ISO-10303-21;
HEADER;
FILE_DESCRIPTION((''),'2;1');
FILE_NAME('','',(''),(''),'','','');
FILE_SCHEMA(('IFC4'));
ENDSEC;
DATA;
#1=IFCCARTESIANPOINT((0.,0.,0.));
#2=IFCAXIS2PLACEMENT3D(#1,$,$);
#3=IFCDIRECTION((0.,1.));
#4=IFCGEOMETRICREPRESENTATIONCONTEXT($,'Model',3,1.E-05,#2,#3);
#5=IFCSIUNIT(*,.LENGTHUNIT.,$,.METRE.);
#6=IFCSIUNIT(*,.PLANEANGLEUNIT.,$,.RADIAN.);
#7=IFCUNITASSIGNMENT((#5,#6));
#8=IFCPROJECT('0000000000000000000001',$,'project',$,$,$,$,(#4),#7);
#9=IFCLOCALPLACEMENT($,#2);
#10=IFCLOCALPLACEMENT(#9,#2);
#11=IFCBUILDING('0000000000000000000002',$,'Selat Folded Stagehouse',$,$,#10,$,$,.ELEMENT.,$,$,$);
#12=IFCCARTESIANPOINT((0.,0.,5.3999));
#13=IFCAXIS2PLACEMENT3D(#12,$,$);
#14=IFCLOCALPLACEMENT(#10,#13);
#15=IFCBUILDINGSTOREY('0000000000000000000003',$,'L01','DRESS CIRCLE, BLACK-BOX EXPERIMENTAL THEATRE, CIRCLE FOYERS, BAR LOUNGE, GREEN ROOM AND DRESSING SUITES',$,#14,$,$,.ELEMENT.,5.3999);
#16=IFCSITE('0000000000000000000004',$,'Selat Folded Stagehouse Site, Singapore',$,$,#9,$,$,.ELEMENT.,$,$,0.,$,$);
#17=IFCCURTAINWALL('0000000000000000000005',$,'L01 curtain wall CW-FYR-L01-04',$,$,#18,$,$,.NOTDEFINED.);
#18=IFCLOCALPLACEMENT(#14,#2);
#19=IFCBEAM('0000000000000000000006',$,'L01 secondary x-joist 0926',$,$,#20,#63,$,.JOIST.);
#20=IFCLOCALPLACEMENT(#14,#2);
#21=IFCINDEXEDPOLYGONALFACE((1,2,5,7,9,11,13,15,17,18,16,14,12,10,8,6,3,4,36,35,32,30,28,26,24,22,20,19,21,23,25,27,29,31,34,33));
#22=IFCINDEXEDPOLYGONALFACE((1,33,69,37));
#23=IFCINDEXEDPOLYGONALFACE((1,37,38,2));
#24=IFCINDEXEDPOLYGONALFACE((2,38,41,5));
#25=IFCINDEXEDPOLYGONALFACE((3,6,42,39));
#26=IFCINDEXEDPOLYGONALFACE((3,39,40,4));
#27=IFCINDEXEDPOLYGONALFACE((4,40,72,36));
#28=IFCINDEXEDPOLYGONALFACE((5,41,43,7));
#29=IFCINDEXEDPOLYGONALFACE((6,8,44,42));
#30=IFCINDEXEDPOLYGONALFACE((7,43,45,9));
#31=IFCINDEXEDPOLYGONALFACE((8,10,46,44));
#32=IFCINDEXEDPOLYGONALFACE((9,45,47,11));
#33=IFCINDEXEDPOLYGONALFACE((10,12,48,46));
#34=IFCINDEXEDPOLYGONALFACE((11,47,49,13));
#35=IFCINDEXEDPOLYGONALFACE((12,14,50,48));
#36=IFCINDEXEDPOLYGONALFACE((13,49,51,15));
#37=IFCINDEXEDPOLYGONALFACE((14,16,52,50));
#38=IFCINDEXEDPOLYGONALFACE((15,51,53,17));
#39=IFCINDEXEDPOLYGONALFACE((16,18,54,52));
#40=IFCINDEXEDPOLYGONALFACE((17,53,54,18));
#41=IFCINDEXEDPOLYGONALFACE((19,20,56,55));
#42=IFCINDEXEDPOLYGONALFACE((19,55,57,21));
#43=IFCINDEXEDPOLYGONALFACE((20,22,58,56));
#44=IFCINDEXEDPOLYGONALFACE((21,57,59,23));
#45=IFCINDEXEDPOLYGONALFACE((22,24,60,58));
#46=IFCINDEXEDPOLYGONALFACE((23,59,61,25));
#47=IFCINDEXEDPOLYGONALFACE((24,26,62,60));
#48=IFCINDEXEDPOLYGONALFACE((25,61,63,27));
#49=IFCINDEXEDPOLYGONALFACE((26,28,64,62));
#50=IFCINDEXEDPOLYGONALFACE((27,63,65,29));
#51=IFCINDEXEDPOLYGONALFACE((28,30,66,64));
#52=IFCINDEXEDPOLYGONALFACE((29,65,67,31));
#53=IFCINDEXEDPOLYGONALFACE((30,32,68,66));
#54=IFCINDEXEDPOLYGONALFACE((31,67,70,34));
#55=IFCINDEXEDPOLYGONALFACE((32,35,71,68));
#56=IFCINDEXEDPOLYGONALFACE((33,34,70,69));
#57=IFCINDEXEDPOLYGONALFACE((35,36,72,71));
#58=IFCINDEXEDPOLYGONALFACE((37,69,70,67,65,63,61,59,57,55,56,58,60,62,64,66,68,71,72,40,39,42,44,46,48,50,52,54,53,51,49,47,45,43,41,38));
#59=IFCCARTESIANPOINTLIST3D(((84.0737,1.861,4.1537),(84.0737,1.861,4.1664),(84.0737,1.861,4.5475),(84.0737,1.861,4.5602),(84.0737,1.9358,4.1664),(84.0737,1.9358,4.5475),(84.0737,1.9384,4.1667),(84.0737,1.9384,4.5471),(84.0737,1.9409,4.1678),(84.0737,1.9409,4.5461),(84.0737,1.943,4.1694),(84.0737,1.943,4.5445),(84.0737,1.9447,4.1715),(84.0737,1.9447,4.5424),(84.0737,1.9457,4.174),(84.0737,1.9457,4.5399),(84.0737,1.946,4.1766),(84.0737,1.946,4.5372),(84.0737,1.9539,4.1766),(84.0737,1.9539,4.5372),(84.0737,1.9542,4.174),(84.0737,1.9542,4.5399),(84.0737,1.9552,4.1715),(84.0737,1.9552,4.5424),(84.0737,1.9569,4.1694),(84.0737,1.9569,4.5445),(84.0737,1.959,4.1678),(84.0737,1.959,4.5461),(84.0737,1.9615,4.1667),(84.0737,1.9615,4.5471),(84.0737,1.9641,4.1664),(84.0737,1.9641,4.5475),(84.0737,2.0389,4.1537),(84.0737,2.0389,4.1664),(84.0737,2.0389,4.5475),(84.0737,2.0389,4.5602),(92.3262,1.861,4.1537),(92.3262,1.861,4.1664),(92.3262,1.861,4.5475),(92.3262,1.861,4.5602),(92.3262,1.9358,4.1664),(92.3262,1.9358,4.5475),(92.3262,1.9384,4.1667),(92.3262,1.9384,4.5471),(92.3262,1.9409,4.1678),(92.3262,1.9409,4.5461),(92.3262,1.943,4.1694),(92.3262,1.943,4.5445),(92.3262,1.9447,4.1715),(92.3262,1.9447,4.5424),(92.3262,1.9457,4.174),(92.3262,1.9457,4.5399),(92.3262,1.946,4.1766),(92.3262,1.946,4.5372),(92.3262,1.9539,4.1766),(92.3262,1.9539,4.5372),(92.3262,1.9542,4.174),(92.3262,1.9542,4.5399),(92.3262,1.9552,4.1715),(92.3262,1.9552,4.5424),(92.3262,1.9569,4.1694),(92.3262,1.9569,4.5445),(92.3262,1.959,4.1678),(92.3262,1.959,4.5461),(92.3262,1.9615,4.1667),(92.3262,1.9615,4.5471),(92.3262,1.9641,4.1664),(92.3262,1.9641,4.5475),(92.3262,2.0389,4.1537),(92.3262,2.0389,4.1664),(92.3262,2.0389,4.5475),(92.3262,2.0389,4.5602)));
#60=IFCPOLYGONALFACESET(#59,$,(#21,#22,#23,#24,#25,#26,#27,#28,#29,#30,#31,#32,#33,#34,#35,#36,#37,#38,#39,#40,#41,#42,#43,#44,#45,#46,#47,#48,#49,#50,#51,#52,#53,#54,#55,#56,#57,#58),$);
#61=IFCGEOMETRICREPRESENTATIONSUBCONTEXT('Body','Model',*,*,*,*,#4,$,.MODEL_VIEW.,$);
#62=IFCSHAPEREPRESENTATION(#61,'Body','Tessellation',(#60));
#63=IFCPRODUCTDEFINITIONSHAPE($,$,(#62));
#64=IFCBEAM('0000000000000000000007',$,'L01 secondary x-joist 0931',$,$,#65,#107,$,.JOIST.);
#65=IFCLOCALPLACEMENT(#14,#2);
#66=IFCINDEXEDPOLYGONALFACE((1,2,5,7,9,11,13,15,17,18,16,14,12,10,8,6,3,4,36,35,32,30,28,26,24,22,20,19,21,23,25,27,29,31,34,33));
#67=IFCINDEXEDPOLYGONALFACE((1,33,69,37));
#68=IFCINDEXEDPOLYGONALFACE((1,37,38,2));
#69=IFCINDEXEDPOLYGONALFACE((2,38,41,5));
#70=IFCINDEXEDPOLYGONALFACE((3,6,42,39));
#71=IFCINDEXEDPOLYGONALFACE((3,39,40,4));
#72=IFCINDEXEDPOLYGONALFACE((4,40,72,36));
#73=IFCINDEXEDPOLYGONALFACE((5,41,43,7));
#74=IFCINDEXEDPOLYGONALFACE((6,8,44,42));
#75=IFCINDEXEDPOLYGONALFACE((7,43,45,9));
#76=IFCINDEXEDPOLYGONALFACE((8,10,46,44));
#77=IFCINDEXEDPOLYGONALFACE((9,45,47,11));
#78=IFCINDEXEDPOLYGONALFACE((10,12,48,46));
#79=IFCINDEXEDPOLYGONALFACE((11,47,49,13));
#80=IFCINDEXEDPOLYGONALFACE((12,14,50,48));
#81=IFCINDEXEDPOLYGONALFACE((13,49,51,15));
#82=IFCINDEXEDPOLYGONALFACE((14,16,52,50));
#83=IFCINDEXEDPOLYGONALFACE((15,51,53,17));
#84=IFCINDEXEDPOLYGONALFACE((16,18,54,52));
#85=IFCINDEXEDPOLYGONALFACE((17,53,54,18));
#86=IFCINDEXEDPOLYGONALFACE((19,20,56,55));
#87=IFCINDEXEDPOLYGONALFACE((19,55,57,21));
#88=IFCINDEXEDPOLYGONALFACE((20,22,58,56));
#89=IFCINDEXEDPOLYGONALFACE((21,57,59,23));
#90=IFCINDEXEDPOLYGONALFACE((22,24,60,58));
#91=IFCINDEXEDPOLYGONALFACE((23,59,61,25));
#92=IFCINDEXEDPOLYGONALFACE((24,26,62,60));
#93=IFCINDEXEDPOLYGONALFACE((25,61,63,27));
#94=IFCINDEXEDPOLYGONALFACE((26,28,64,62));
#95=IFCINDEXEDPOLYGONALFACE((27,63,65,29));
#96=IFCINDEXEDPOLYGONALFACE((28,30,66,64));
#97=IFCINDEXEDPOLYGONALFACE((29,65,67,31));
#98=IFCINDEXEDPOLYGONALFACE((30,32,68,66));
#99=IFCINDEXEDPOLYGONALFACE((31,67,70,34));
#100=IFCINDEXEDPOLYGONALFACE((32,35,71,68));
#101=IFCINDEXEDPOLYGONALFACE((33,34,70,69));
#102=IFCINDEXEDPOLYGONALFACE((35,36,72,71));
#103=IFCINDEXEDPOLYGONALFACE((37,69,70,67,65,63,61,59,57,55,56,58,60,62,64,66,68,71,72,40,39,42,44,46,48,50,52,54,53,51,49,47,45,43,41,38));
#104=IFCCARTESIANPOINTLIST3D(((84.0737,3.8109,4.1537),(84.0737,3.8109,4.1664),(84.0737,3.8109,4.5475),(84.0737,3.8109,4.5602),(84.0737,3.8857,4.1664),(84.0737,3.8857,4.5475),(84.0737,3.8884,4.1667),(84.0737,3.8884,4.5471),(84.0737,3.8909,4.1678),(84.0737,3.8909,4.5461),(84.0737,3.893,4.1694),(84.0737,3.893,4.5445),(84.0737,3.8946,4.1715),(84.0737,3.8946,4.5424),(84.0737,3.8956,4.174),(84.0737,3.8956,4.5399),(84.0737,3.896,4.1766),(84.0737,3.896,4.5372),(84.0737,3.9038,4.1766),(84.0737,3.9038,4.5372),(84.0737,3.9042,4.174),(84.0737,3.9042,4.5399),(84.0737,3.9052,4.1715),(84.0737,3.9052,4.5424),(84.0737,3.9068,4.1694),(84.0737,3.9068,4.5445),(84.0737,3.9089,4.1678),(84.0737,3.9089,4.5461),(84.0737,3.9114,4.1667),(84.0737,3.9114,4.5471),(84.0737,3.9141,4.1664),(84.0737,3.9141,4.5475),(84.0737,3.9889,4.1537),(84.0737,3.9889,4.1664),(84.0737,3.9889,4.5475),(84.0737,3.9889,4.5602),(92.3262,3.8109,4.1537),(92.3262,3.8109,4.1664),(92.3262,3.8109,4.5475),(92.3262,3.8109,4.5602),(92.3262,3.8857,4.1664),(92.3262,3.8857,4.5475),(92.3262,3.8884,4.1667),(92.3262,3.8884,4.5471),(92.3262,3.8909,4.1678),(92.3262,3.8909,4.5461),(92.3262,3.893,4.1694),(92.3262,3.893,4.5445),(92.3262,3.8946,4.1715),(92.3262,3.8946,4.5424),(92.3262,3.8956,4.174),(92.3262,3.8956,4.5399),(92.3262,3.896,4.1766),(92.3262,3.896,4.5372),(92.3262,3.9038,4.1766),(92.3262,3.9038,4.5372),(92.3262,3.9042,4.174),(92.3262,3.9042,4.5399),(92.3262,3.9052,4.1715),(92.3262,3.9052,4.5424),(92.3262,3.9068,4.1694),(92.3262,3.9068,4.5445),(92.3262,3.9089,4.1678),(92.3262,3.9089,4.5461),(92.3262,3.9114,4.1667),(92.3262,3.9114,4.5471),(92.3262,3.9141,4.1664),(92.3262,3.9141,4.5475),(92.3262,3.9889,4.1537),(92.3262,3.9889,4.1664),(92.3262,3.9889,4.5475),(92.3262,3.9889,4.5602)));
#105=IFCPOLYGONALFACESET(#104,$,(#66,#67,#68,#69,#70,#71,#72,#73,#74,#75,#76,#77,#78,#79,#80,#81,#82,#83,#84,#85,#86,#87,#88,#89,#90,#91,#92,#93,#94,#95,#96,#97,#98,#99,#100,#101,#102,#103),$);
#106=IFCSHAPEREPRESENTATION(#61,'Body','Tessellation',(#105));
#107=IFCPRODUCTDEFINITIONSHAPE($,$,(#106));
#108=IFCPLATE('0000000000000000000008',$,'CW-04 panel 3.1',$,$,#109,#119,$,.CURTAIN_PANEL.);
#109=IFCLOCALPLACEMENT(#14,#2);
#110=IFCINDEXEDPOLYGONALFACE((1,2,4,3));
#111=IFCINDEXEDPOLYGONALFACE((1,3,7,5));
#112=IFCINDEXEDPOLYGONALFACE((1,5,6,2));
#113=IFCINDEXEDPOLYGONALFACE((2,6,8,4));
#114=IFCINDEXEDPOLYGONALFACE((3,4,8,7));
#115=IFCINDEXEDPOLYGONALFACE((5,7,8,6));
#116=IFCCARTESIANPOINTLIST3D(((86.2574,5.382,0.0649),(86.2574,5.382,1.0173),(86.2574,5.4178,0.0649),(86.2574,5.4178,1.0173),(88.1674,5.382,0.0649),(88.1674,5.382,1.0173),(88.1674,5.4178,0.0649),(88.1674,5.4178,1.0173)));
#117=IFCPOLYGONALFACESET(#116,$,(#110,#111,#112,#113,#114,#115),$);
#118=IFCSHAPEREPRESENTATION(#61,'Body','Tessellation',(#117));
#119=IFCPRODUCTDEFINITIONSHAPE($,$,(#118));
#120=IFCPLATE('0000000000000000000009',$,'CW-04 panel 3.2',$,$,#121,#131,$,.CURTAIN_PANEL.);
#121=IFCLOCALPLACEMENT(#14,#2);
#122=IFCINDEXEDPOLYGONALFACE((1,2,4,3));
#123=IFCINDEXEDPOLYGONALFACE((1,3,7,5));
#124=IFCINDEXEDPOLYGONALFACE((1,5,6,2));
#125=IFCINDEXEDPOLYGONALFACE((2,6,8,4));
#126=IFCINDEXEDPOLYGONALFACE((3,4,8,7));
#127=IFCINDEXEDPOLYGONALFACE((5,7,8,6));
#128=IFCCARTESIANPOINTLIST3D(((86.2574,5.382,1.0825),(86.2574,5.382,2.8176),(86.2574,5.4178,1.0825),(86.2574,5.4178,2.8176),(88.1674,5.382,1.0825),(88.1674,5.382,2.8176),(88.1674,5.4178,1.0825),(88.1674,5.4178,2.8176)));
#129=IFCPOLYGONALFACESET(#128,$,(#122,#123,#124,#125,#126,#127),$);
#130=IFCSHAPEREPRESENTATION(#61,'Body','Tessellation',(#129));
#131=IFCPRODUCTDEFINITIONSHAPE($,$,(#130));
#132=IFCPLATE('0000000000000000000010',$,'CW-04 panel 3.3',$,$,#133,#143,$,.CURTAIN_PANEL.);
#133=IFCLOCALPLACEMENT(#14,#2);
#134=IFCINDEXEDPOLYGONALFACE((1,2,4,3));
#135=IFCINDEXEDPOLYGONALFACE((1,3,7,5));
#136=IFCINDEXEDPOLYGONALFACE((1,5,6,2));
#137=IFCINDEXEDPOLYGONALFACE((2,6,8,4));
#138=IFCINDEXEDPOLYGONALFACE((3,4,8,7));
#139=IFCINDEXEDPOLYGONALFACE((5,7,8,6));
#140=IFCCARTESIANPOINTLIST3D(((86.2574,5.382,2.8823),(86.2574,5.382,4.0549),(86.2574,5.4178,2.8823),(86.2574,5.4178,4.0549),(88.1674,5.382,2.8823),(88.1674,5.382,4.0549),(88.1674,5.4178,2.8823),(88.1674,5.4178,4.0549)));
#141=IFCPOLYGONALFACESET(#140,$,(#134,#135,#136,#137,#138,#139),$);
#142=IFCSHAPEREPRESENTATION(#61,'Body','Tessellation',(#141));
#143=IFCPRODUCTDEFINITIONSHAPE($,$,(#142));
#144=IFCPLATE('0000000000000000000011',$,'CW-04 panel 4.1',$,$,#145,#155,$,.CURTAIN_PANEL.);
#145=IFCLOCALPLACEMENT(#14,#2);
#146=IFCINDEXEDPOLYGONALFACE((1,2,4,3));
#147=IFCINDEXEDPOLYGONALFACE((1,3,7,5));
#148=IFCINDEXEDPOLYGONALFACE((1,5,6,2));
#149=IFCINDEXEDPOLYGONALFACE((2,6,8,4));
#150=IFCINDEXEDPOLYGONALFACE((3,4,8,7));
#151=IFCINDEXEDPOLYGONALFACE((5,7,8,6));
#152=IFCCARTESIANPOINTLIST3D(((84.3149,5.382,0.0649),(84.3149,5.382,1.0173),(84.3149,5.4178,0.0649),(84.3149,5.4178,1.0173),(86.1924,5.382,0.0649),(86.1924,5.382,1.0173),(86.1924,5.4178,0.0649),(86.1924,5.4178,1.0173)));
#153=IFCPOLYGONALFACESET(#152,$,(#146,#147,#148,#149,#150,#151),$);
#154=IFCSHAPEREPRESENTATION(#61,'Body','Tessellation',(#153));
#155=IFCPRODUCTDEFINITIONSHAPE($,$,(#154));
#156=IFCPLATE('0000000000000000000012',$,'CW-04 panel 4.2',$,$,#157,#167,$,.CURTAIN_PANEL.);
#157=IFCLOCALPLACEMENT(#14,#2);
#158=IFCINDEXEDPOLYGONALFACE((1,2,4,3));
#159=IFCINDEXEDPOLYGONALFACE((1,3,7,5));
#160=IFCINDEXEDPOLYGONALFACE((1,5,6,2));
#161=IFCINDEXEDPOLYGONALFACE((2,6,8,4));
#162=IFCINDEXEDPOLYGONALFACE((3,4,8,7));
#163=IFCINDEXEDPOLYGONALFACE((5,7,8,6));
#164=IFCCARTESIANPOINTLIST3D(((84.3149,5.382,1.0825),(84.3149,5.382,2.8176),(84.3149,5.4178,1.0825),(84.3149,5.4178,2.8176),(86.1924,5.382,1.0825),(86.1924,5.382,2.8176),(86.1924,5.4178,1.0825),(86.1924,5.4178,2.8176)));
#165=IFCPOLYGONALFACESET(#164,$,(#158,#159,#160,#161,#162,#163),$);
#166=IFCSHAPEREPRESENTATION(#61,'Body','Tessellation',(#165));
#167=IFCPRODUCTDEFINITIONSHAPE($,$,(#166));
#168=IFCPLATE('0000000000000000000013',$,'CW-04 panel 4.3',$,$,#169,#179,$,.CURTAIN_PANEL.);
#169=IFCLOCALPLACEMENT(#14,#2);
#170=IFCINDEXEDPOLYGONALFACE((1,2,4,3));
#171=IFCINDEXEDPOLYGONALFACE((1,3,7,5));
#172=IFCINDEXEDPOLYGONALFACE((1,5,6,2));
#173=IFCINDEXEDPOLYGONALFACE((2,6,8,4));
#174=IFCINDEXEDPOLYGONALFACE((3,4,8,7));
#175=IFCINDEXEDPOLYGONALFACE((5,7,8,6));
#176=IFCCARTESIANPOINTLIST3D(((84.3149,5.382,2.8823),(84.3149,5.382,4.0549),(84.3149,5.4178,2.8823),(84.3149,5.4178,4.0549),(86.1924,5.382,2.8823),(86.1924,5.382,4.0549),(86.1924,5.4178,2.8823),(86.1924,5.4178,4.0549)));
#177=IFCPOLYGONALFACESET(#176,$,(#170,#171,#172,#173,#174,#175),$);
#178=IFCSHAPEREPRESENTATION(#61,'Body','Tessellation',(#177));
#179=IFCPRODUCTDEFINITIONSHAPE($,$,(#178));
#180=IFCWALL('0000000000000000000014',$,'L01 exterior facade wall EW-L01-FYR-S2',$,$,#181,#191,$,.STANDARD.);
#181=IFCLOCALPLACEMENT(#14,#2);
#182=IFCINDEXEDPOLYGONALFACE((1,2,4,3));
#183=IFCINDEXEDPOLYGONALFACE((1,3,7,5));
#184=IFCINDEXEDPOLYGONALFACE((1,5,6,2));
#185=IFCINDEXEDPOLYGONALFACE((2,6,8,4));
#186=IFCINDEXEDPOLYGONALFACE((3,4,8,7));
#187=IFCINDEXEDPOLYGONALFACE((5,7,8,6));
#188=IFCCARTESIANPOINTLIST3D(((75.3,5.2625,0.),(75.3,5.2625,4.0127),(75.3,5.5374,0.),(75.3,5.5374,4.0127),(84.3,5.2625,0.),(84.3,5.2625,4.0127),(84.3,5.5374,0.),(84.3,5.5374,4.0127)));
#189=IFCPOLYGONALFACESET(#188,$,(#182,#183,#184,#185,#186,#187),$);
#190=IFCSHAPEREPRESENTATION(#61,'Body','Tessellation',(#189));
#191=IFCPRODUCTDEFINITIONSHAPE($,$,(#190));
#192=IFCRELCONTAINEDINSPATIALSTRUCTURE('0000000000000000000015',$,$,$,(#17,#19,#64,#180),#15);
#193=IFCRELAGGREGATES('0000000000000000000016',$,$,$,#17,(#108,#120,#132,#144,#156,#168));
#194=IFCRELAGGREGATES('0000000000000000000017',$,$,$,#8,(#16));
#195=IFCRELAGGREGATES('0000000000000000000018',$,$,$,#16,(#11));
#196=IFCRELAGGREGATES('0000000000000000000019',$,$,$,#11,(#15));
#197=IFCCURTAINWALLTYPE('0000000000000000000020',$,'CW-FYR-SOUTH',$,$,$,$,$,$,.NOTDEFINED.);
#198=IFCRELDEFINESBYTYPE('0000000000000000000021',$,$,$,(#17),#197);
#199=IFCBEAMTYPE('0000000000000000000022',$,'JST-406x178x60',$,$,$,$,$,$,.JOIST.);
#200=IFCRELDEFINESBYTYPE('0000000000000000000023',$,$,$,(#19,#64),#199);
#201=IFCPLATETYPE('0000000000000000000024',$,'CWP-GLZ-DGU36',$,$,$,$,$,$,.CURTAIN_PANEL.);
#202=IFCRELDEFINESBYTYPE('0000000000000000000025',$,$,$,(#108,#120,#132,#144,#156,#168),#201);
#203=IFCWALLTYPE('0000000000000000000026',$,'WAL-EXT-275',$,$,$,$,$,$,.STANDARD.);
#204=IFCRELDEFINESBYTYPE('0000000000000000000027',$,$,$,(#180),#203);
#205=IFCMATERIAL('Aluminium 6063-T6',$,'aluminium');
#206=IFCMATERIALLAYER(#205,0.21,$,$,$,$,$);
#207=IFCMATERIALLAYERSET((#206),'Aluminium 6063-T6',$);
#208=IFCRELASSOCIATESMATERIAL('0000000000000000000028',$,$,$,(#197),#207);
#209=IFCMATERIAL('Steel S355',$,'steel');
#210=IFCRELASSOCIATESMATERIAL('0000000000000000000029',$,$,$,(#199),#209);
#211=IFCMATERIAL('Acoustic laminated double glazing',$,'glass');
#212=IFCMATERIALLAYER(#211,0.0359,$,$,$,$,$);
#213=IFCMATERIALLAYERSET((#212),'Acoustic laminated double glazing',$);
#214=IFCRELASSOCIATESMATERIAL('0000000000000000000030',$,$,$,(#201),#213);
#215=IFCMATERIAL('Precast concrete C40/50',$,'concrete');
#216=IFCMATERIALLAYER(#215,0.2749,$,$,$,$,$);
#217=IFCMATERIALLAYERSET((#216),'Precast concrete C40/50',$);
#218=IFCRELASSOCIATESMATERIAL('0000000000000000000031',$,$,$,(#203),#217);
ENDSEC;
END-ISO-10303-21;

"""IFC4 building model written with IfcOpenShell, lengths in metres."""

from ifc_helpers import new_model, si_unit, direction, frame, frame_2d, origin, origin_2d, place, context, subcontext, project, spatial, rectangle, i_section, extrude, material, layer, layer_set, material_profile, profile_set, type_object, element, aggregate, save


model = new_model("IFC4")

# Units and contexts
model_context = context("Model", 3, precision=1e-05, world=origin(), true_north=direction((0.0, 1.0)))
body_context = subcontext(model_context, "Body", "Model", "MODEL_VIEW")
ifc_project = project(units=[si_unit("LENGTHUNIT", "METRE"), si_unit("PLANEANGLEUNIT", "RADIAN")], contexts=[model_context])

# Site, building, storey
site_placement = place(None, origin())
site = spatial("IfcSite", under=ifc_project, at=site_placement, Name="Selat Folded Stagehouse Site, Singapore", CompositionType="ELEMENT", RefElevation=0.0)
building_placement = place(site_placement, origin())
building = spatial("IfcBuilding", under=site, at=building_placement, Name="Selat Folded Stagehouse", CompositionType="ELEMENT")
storey_placement = place(building_placement, frame((0.0, 0.0, 5.3999)))
storey = spatial("IfcBuildingStorey", under=building, at=storey_placement, Name="L01", Description="DRESS CIRCLE, BLACK-BOX EXPERIMENTAL THEATRE, CIRCLE FOYERS, BAR LOUNGE, GREEN ROOM AND DRESSING SUITES", CompositionType="ELEMENT", Elevation=5.3999)

# Shared definitions
ifc_material_1 = material(Name="Steel S355", Category="steel")

# Curtain wall
ifc_material_2 = material(Name="Aluminium 6063-T6", Category="aluminium")
ifc_layer_1 = layer(ifc_material_2, 0.21)
ifc_layer_set_1 = layer_set([ifc_layer_1], Name="Aluminium 6063-T6")
curtain_wall_type = type_object("IfcCurtainWallType", Name="CW-FYR-SOUTH", PredefinedType="NOTDEFINED", material=ifc_layer_set_1)
curtain_wall_placement = place(storey_placement, origin())
curtain_wall = element("IfcCurtainWall", 1, at=curtain_wall_placement, inside=storey, type_object=curtain_wall_type, Name="L01 curtain wall CW-FYR-L01-04", PredefinedType="NOTDEFINED")

# Beams
ifc_material_profile_1 = material_profile(ifc_material_1, i_section(OverallWidth=0.178, OverallDepth=0.4065, WebThickness=0.0078, FlangeThickness=0.0127, FilletRadius=0.0103, at=origin_2d()), Name="UKB 406x178x60")
ifc_profile_set_1 = profile_set([ifc_material_profile_1], Name="Steel S355")
beam_type_1 = type_object("IfcBeamType", Name="JST-406x178x60", PredefinedType="JOIST", material=ifc_profile_set_1)
for number, where, z_axis, x_axis, name in (
    (2, (84.0737, 1.95, 4.3569), (1.0, 0.0, 0.0), (0.0, 1.0, 0.0), "L01 secondary x-joist 0926"),
    (3, (84.0737, 3.8999, 4.3569), (1.0, 0.0, 0.0), (0.0, 1.0, 0.0), "L01 secondary x-joist 0931"),
):
    element("IfcBeam", number, at=place(storey_placement, frame(where, z_axis=z_axis, x_axis=x_axis)), inside=storey, type_object=beam_type_1, Name=name, PredefinedType="JOIST", context=body_context, shape_type="SweptSolid", body=[
        extrude(i_section(OverallWidth=0.178, OverallDepth=0.4065, WebThickness=0.0078, FlangeThickness=0.0127, FilletRadius=0.0103, at=origin_2d()), origin(), (0.0, 0.0, 1.0), 8.2524),
    ])

# Plates
ifc_material_3 = material(Name="Acoustic laminated double glazing", Category="glass")
ifc_layer_2 = layer(ifc_material_3, 0.0359)
ifc_layer_set_2 = layer_set([ifc_layer_2], Name="Acoustic laminated double glazing")
plate_type = type_object("IfcPlateType", Name="CWP-GLZ-DGU36", PredefinedType="CURTAIN_PANEL", material=ifc_layer_set_2)
plate_1_placement = place(storey_placement, frame((87.2124, 5.3999, 0.0649), z_axis=(0.0, 0.0, 1.0), x_axis=(-1.0, 0.0, 0.0)))
plate_1 = element("IfcPlate", 4, at=plate_1_placement, type_object=plate_type, Name="CW-04 panel 3.1", PredefinedType="CURTAIN_PANEL", context=body_context, shape_type="SweptSolid", body=[
    extrude(rectangle(XDim=1.9099, YDim=0.0359, at=origin_2d()), origin(), (0.0, 0.0, 1.0), 0.9524),
])
plate_2_placement = place(storey_placement, frame((87.2124, 5.3999, 1.0825), z_axis=(0.0, 0.0, 1.0), x_axis=(-1.0, 0.0, 0.0)))
plate_2 = element("IfcPlate", 5, at=plate_2_placement, type_object=plate_type, Name="CW-04 panel 3.2", PredefinedType="CURTAIN_PANEL", context=body_context, shape_type="SweptSolid", body=[
    extrude(rectangle(XDim=1.9099, YDim=0.0359, at=origin_2d()), origin(), (0.0, 0.0, 1.0), 1.7351),
])
plate_3_placement = place(storey_placement, frame((87.2124, 5.3999, 2.8823), z_axis=(0.0, 0.0, 1.0), x_axis=(-1.0, 0.0, 0.0)))
plate_3 = element("IfcPlate", 6, at=plate_3_placement, type_object=plate_type, Name="CW-04 panel 3.3", PredefinedType="CURTAIN_PANEL", context=body_context, shape_type="SweptSolid", body=[
    extrude(rectangle(XDim=1.9099, YDim=0.0359, at=origin_2d()), origin(), (0.0, 0.0, 1.0), 1.1726),
])
plate_4_placement = place(storey_placement, frame((85.2537, 5.3999, 0.0649), z_axis=(0.0, 0.0, 1.0), x_axis=(-1.0, 0.0, 0.0)))
plate_4 = element("IfcPlate", 7, at=plate_4_placement, type_object=plate_type, Name="CW-04 panel 4.1", PredefinedType="CURTAIN_PANEL", context=body_context, shape_type="SweptSolid", body=[
    extrude(rectangle(XDim=1.8774, YDim=0.0359, at=origin_2d()), origin(), (0.0, 0.0, 1.0), 0.9524),
])
plate_5_placement = place(storey_placement, frame((85.2537, 5.3999, 1.0825), z_axis=(0.0, 0.0, 1.0), x_axis=(-1.0, 0.0, 0.0)))
plate_5 = element("IfcPlate", 8, at=plate_5_placement, type_object=plate_type, Name="CW-04 panel 4.2", PredefinedType="CURTAIN_PANEL", context=body_context, shape_type="SweptSolid", body=[
    extrude(rectangle(XDim=1.8774, YDim=0.0359, at=origin_2d()), origin(), (0.0, 0.0, 1.0), 1.7351),
])
plate_6_placement = place(storey_placement, frame((85.2537, 5.3999, 2.8823), z_axis=(0.0, 0.0, 1.0), x_axis=(-1.0, 0.0, 0.0)))
plate_6 = element("IfcPlate", 9, at=plate_6_placement, type_object=plate_type, Name="CW-04 panel 4.3", PredefinedType="CURTAIN_PANEL", context=body_context, shape_type="SweptSolid", body=[
    extrude(rectangle(XDim=1.8774, YDim=0.0359, at=origin_2d()), origin(), (0.0, 0.0, 1.0), 1.1726),
])
aggregate(curtain_wall, [plate_1, plate_2, plate_3, plate_4, plate_5, plate_6])

# Wall
ifc_material_4 = material(Name="Precast concrete C40/50", Category="concrete")
ifc_layer_3 = layer(ifc_material_4, 0.2749)
ifc_layer_set_3 = layer_set([ifc_layer_3], Name="Precast concrete C40/50")
wall_type = type_object("IfcWallType", Name="WAL-EXT-275", PredefinedType="STANDARD", material=ifc_layer_set_3)
wall_placement = place(storey_placement, frame((84.3, 5.3999, 0.0), z_axis=(0.0, 0.0, 1.0), x_axis=(-1.0, 0.0, 0.0)))
element("IfcWall", 10, at=wall_placement, inside=storey, type_object=wall_type, Name="L01 exterior facade wall EW-L01-FYR-S2", PredefinedType="STANDARD", context=body_context, shape_type="SweptSolid", body=[
    extrude(rectangle(XDim=9.0, YDim=0.2749, at=frame_2d((4.5, 0.0))), origin(), (0.0, 0.0, 1.0), 4.0127),
])

save(model, "model.ifc")
